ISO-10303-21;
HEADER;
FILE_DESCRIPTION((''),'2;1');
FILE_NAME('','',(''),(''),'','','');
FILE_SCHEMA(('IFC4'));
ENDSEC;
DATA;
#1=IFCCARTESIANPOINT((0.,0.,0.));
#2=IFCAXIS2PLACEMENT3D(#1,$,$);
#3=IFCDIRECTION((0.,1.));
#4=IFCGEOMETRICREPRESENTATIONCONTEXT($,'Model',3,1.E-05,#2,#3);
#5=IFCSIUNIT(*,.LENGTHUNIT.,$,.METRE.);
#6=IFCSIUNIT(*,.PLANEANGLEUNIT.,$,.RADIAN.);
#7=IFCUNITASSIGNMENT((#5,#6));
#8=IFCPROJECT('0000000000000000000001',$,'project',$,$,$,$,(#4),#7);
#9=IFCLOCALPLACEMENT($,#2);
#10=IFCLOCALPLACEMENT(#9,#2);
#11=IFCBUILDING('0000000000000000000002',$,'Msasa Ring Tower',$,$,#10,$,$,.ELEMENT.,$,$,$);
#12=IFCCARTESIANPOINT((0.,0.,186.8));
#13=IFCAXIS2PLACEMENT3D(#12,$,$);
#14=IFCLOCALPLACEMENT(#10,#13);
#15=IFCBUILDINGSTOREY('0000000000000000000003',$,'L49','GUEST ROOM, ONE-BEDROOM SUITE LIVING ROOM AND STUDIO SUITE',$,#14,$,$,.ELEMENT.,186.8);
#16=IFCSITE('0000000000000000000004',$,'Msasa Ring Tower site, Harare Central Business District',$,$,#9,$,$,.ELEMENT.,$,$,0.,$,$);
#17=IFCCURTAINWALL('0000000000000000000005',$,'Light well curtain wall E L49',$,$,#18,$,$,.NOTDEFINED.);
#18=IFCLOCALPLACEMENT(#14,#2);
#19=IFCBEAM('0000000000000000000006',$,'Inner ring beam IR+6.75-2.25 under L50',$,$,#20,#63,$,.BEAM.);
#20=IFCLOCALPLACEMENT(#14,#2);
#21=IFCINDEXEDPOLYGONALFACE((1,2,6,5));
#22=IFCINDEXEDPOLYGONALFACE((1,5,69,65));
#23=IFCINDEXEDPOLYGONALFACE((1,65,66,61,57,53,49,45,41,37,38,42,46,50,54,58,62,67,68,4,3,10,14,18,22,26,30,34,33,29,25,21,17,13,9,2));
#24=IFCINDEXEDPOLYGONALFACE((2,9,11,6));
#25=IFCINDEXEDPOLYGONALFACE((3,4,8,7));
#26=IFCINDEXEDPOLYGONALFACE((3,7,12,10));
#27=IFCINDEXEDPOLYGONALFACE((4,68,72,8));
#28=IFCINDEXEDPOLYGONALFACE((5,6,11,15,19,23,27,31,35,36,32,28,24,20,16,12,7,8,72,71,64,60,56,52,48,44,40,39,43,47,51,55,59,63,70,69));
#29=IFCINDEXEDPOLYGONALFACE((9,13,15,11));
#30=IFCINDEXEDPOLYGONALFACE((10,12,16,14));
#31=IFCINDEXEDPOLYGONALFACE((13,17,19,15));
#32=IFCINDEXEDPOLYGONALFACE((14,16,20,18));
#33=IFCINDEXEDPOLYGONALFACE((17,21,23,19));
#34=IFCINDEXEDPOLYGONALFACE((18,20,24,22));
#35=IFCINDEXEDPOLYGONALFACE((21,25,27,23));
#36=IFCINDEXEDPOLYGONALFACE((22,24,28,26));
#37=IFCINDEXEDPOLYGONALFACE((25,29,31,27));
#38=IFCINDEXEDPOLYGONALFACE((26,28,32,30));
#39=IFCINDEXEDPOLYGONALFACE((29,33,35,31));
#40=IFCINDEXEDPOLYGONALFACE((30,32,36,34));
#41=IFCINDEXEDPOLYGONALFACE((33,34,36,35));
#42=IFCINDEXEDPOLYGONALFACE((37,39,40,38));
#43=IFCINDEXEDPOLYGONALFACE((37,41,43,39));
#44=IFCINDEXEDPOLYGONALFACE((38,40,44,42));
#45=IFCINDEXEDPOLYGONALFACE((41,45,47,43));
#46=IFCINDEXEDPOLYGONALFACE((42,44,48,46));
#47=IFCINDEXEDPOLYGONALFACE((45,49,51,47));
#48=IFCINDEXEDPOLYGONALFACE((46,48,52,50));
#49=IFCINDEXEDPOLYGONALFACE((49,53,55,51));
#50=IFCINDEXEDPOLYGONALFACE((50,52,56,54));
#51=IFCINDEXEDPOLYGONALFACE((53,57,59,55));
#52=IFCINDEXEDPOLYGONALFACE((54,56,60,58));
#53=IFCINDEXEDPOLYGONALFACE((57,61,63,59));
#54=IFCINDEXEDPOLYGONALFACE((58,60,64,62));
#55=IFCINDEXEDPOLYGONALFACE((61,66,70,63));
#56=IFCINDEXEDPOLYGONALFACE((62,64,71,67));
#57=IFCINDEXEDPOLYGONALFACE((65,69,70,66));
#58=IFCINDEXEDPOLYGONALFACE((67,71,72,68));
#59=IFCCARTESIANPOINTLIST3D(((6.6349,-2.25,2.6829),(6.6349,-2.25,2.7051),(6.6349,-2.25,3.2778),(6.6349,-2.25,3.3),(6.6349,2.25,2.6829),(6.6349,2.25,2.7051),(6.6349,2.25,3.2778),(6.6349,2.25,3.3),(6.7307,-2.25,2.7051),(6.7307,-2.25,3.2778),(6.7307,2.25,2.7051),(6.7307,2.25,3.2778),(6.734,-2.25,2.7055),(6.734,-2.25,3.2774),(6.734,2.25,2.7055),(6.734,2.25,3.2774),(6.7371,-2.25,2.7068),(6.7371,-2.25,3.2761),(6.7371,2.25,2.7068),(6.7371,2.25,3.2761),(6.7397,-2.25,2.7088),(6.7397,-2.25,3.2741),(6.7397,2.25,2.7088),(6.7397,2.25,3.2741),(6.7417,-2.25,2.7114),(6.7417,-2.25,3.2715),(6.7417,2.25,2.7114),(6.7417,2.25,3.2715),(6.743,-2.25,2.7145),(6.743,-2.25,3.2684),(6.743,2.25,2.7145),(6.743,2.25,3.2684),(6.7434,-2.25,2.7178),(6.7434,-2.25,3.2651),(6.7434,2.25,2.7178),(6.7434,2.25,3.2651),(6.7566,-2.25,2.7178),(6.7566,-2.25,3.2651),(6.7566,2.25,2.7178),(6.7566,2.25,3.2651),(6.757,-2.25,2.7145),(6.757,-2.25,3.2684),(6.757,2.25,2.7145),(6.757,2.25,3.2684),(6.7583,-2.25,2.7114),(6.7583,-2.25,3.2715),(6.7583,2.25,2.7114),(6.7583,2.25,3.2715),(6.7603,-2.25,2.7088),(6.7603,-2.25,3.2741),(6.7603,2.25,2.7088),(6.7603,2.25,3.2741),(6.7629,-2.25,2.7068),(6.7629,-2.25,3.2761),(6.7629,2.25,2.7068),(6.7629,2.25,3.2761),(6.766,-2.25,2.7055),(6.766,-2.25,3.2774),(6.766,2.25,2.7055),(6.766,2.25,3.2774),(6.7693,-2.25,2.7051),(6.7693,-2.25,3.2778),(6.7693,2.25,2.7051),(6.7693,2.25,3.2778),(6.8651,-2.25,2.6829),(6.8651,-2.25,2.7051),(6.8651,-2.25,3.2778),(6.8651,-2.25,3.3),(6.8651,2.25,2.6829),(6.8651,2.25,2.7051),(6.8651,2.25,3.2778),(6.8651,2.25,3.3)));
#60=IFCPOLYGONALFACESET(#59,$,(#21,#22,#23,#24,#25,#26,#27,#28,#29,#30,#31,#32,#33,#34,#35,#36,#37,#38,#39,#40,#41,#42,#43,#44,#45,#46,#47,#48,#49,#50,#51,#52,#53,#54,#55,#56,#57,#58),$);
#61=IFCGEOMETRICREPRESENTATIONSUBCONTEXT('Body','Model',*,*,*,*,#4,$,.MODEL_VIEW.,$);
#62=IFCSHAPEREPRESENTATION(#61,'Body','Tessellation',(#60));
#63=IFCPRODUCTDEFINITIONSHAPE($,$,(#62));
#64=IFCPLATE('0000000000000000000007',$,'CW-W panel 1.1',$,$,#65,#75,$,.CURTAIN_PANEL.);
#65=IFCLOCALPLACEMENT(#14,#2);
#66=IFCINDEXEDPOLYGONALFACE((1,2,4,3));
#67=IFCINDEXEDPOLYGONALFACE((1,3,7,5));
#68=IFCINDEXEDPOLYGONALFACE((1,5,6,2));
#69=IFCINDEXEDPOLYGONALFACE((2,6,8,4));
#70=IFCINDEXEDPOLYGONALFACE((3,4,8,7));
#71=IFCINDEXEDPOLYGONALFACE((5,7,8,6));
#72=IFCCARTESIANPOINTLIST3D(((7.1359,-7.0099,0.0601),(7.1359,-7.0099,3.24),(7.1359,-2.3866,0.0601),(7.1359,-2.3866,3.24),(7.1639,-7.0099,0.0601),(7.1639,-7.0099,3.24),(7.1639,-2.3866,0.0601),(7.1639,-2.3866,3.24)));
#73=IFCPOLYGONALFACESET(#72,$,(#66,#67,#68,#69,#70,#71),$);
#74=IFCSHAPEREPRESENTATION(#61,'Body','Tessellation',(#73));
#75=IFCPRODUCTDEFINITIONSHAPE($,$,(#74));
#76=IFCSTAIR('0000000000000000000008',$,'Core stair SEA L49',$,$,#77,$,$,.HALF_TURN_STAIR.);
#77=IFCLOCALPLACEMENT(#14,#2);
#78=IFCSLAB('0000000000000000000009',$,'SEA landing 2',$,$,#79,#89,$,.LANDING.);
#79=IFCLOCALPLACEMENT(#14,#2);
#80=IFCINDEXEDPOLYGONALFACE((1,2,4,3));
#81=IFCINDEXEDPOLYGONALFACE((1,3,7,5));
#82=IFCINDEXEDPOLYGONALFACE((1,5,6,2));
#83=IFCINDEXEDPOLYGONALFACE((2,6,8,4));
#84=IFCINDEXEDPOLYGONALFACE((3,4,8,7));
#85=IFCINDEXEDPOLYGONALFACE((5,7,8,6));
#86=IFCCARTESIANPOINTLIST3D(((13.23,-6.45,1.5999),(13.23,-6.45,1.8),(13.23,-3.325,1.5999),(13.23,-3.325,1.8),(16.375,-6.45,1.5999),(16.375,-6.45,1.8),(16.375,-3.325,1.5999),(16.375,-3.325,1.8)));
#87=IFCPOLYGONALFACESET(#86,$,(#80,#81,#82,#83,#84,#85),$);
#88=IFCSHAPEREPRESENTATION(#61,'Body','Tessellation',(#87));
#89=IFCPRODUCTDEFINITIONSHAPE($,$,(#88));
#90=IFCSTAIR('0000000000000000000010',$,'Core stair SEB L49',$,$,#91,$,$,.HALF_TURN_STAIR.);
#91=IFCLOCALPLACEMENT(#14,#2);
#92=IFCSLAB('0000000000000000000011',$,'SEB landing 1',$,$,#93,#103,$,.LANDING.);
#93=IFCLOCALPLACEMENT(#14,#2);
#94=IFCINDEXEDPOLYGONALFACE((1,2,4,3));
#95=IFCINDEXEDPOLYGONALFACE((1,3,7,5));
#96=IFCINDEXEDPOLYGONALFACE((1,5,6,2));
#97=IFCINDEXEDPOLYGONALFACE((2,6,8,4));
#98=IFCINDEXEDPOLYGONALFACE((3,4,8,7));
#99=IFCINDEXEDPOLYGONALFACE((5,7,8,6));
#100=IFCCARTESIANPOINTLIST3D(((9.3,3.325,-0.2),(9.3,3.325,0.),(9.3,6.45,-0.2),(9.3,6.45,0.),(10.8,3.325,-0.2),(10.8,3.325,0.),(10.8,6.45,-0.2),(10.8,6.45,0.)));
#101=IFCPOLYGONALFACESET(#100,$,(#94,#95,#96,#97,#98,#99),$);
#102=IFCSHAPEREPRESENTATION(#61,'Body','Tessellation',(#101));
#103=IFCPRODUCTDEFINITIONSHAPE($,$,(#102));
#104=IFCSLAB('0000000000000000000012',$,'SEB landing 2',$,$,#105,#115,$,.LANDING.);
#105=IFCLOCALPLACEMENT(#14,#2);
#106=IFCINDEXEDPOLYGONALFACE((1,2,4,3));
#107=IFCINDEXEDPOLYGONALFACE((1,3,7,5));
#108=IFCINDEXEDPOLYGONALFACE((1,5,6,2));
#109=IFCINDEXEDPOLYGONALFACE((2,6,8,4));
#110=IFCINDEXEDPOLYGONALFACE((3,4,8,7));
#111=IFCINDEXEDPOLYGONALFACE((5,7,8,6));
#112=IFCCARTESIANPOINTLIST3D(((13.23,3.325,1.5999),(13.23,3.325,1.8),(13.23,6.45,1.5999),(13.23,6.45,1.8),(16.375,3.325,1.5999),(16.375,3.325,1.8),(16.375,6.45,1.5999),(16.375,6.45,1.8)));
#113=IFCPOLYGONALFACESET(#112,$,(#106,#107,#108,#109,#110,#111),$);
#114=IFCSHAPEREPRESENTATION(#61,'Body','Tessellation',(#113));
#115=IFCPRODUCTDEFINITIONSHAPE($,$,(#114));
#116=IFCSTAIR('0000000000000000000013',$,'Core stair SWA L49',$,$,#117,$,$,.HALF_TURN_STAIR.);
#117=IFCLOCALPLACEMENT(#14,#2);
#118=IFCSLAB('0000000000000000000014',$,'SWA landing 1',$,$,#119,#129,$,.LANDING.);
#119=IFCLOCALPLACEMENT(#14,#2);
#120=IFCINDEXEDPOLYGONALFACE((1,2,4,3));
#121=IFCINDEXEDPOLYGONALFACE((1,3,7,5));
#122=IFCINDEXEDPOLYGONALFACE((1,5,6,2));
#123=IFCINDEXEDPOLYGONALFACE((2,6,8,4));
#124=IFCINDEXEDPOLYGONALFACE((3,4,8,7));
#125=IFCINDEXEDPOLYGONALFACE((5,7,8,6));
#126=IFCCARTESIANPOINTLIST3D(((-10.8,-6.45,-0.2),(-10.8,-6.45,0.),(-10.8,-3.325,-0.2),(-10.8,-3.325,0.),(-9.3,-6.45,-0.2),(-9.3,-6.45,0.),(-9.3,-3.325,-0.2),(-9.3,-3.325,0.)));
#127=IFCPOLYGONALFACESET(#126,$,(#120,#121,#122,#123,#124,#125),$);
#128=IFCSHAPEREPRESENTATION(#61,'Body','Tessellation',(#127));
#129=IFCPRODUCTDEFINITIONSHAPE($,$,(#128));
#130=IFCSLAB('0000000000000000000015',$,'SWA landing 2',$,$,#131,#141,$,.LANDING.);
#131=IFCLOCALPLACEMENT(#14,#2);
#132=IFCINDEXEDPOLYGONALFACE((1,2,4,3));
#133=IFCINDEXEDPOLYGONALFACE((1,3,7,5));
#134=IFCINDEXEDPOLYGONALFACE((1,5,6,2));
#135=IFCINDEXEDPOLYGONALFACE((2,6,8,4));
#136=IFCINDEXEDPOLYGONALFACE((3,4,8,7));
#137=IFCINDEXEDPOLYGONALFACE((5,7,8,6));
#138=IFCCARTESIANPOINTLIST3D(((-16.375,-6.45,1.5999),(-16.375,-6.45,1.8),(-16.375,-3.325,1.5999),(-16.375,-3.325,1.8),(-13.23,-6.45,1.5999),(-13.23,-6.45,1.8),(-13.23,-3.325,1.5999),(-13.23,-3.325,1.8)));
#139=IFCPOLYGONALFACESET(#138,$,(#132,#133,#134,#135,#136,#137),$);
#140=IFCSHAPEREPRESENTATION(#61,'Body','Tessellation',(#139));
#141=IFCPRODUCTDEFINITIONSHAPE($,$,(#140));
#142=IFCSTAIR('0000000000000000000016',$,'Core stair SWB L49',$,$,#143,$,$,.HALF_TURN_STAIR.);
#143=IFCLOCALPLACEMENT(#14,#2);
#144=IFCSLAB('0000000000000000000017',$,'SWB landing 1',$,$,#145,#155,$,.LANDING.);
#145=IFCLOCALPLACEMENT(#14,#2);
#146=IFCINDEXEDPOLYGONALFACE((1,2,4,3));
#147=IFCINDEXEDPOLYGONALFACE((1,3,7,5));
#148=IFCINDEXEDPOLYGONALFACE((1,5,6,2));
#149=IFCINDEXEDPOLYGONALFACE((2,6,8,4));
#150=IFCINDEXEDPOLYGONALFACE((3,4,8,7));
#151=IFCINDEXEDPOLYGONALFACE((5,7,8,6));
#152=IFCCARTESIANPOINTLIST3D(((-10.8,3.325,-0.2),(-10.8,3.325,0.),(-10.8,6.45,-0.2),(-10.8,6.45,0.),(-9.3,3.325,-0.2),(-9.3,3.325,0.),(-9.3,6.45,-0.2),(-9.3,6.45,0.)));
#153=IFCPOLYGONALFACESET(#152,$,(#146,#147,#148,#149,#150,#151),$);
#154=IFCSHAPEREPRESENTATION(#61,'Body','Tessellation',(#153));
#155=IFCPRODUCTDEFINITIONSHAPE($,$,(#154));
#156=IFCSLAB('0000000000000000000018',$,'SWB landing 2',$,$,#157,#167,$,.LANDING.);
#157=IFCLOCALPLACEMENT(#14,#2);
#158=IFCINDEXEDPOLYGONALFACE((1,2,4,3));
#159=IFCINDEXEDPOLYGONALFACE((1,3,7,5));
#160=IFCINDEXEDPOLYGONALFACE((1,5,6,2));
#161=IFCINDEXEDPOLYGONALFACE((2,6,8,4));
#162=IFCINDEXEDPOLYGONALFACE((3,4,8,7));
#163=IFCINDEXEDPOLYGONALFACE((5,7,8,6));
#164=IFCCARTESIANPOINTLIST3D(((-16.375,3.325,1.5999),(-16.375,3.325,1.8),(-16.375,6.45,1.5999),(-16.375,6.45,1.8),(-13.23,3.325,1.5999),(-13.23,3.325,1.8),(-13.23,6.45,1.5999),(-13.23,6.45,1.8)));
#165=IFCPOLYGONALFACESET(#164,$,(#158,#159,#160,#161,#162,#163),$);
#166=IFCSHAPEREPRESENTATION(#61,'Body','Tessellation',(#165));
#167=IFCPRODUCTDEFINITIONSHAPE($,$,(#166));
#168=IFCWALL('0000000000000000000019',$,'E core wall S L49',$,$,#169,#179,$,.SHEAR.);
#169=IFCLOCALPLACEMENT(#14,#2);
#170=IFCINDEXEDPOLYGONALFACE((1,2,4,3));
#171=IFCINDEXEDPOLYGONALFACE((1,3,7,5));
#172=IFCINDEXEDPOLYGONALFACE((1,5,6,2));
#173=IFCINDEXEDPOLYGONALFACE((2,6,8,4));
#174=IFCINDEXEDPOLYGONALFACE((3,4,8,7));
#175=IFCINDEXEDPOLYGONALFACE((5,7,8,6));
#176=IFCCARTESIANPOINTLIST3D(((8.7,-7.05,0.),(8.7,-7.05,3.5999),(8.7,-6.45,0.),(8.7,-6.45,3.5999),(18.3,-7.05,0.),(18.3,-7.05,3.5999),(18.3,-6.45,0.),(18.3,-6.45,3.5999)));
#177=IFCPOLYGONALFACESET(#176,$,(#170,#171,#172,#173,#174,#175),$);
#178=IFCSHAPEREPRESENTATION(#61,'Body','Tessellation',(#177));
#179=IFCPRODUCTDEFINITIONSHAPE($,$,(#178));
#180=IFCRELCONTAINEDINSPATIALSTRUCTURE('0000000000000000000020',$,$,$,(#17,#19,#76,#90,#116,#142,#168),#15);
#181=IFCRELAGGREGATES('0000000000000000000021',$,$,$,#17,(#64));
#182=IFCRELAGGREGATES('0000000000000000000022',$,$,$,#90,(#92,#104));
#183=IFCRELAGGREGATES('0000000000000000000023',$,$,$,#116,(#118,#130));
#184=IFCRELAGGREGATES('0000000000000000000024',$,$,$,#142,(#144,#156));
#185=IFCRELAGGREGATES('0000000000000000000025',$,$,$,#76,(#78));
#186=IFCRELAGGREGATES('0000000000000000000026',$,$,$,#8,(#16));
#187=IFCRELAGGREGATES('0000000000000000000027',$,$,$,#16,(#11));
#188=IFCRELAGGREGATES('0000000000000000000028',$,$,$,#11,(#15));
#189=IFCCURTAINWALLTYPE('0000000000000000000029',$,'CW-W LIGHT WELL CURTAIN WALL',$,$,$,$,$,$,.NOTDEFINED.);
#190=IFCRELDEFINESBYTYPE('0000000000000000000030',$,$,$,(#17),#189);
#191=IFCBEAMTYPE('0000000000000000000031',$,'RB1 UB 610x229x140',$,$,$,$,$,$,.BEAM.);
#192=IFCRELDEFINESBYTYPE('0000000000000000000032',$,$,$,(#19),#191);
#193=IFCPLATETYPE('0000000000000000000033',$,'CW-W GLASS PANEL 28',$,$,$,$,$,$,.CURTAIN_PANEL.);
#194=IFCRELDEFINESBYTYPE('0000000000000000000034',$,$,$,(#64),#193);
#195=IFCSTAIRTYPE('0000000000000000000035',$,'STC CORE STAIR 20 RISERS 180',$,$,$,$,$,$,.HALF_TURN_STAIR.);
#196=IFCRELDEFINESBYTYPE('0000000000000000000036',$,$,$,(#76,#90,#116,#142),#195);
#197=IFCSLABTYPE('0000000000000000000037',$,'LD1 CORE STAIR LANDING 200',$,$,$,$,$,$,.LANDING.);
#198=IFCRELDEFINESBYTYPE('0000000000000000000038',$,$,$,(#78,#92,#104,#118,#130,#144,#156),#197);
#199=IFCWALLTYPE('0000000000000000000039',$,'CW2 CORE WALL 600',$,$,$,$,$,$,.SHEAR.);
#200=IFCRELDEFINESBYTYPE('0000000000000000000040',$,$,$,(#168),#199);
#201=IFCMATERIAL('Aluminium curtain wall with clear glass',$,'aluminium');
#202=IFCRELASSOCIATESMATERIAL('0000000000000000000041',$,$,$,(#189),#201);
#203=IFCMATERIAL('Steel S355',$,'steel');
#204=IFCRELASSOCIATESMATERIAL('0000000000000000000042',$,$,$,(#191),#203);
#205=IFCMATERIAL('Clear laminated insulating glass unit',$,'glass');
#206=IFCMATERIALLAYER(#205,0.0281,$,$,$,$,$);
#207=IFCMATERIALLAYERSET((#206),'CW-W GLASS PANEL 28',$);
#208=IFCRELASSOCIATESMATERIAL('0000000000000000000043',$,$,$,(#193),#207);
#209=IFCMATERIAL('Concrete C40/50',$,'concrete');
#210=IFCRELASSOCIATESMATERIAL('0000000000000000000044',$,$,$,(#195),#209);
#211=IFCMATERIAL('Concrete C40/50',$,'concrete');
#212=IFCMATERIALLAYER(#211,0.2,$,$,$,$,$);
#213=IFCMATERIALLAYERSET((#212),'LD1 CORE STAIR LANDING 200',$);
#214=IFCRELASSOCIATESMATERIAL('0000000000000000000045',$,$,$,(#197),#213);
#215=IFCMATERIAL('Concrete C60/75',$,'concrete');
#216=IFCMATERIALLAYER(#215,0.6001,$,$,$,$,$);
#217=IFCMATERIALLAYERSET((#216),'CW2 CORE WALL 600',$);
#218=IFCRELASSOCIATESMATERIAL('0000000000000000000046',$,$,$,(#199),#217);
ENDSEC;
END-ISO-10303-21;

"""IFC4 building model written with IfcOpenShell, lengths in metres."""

from ifc_helpers import new_model, si_unit, direction, frame, frame_2d, origin, origin_2d, place, context, subcontext, project, spatial, polyline, rectangle, i_section, outline, extrude, material, layer, layer_set, material_profile, profile_set, type_object, element, aggregate, save


model = new_model("IFC4")

# Units and contexts
model_context = context("Model", 3, precision=1e-05, world=origin(), true_north=direction((0.0, 1.0)))
body_context = subcontext(model_context, "Body", "Model", "MODEL_VIEW")
ifc_project = project(units=[si_unit("LENGTHUNIT", "METRE"), si_unit("PLANEANGLEUNIT", "RADIAN")], contexts=[model_context])

# Site, building, storey
site_placement = place(None, origin())
site = spatial("IfcSite", under=ifc_project, at=site_placement, Name="Msasa Ring Tower site, Harare Central Business District", CompositionType="ELEMENT", RefElevation=0.0)
building_placement = place(site_placement, origin())
building = spatial("IfcBuilding", under=site, at=building_placement, Name="Msasa Ring Tower", CompositionType="ELEMENT")
storey_placement = place(building_placement, frame((0.0, 0.0, 186.8)))
storey = spatial("IfcBuildingStorey", under=building, at=storey_placement, Name="L49", Description="GUEST ROOM, ONE-BEDROOM SUITE LIVING ROOM AND STUDIO SUITE", CompositionType="ELEMENT", Elevation=186.8)

# Curtain wall
ifc_material_1 = material(Name="Aluminium curtain wall with clear glass", Category="aluminium")
curtain_wall_type = type_object("IfcCurtainWallType", Name="CW-W LIGHT WELL CURTAIN WALL", PredefinedType="NOTDEFINED", material=ifc_material_1)
curtain_wall_placement = place(storey_placement, origin())
curtain_wall = element("IfcCurtainWall", 1, at=curtain_wall_placement, inside=storey, type_object=curtain_wall_type, Name="Light well curtain wall E L49", PredefinedType="NOTDEFINED")

# Beam
ifc_material_2 = material(Name="Steel S355", Category="steel")
ifc_material_profile_1 = material_profile(ifc_material_2, i_section(OverallWidth=0.2302, OverallDepth=0.6172, WebThickness=0.0132, FlangeThickness=0.0222, FilletRadius=0.0127, at=origin_2d()), Name="UB 610x229x140")
ifc_profile_set_1 = profile_set([ifc_material_profile_1], Name="Steel S355")
beam_type = type_object("IfcBeamType", Name="RB1 UB 610x229x140", PredefinedType="BEAM", material=ifc_profile_set_1)
for number, where, z_axis, x_axis, name in (
    (2, (6.75, -2.25, 2.9915), (0.0, 1.0, 0.0), (-1.0, 0.0, 0.0), "Inner ring beam IR+6.75-2.25 under L50"),
):
    element("IfcBeam", number, at=place(storey_placement, frame(where, z_axis=z_axis, x_axis=x_axis)), inside=storey, type_object=beam_type, Name=name, PredefinedType="BEAM", context=body_context, shape_type="SweptSolid", body=[
        extrude(i_section(OverallWidth=0.2302, OverallDepth=0.6172, WebThickness=0.0132, FlangeThickness=0.0222, FilletRadius=0.0127, at=origin_2d()), origin(), (0.0, 0.0, 1.0), 4.5),
    ])

# Plate
ifc_material_3 = material(Name="Clear laminated insulating glass unit", Category="glass")
ifc_layer_1 = layer(ifc_material_3, 0.0281)
ifc_layer_set_1 = layer_set([ifc_layer_1], Name="CW-W GLASS PANEL 28")
plate_type = type_object("IfcPlateType", Name="CW-W GLASS PANEL 28", PredefinedType="CURTAIN_PANEL", material=ifc_layer_set_1)
plate_placement = place(storey_placement, frame((7.1499, -4.6982, 0.0601), z_axis=(0.0, 0.0, 1.0), x_axis=(0.0, 1.0, 0.0)))
plate = element("IfcPlate", 3, at=plate_placement, type_object=plate_type, Name="CW-W panel 1.1", PredefinedType="CURTAIN_PANEL", context=body_context, shape_type="SweptSolid", body=[
    extrude(rectangle(XDim=4.6233, YDim=0.0281, at=origin_2d()), origin(), (0.0, 0.0, 1.0), 3.1799),
])
aggregate(curtain_wall, [plate])

# Stair, slab
ifc_material_4 = material(Name="Concrete C40/50", Category="concrete")
stair_type = type_object("IfcStairType", Name="STC CORE STAIR 20 RISERS 180", PredefinedType="HALF_TURN_STAIR", material=ifc_material_4)
stair_1_placement = place(storey_placement, origin())
stair_1 = element("IfcStair", 4, at=stair_1_placement, inside=storey, type_object=stair_type, Name="Core stair SEA L49", PredefinedType="HALF_TURN_STAIR")
ifc_material_5 = material(Name="Concrete C40/50", Category="concrete")
ifc_layer_2 = layer(ifc_material_5, 0.2)
ifc_layer_set_2 = layer_set([ifc_layer_2], Name="LD1 CORE STAIR LANDING 200")
slab_type = type_object("IfcSlabType", Name="LD1 CORE STAIR LANDING 200", PredefinedType="LANDING", material=ifc_layer_set_2)
slab_1_placement = place(storey_placement, frame((0.0, 0.0, 1.5999)))
slab_1 = element("IfcSlab", 5, at=slab_1_placement, type_object=slab_type, Name="SEA landing 2", PredefinedType="LANDING", context=body_context, shape_type="SweptSolid", body=[
    extrude(outline(polyline([(13.23, -6.45), (16.375, -6.45), (16.375, -3.325), (13.23, -3.325), (13.23, -6.45)])), origin(), (0.0, 0.0, 1.0), 0.2002),
])

# Stairs, slabs
stair_2_placement = place(storey_placement, origin())
stair_2 = element("IfcStair", 6, at=stair_2_placement, inside=storey, type_object=stair_type, Name="Core stair SEB L49", PredefinedType="HALF_TURN_STAIR")
slab_2_placement = place(storey_placement, frame((0.0, 0.0, -0.2)))
slab_2 = element("IfcSlab", 7, at=slab_2_placement, type_object=slab_type, Name="SEB landing 1", PredefinedType="LANDING", context=body_context, shape_type="SweptSolid", body=[
    extrude(outline(polyline([(9.3, 3.325), (10.8, 3.325), (10.8, 6.45), (9.3, 6.45), (9.3, 3.325)])), origin(), (0.0, 0.0, 1.0), 0.2),
])
slab_3_placement = place(storey_placement, frame((0.0, 0.0, 1.5999)))
slab_3 = element("IfcSlab", 8, at=slab_3_placement, type_object=slab_type, Name="SEB landing 2", PredefinedType="LANDING", context=body_context, shape_type="SweptSolid", body=[
    extrude(outline(polyline([(13.23, 3.325), (16.375, 3.325), (16.375, 6.45), (13.23, 6.45), (13.23, 3.325)])), origin(), (0.0, 0.0, 1.0), 0.2002),
])
aggregate(stair_2, [slab_2, slab_3])
stair_3_placement = place(storey_placement, origin())
stair_3 = element("IfcStair", 9, at=stair_3_placement, inside=storey, type_object=stair_type, Name="Core stair SWA L49", PredefinedType="HALF_TURN_STAIR")
slab_4_placement = place(storey_placement, frame((0.0, 0.0, -0.2)))
slab_4 = element("IfcSlab", 10, at=slab_4_placement, type_object=slab_type, Name="SWA landing 1", PredefinedType="LANDING", context=body_context, shape_type="SweptSolid", body=[
    extrude(outline(polyline([(-10.8, -6.45), (-9.3, -6.45), (-9.3, -3.325), (-10.8, -3.325), (-10.8, -6.45)])), origin(), (0.0, 0.0, 1.0), 0.2),
])
slab_5_placement = place(storey_placement, frame((0.0, 0.0, 1.5999)))
slab_5 = element("IfcSlab", 11, at=slab_5_placement, type_object=slab_type, Name="SWA landing 2", PredefinedType="LANDING", context=body_context, shape_type="SweptSolid", body=[
    extrude(outline(polyline([(-16.375, -6.45), (-13.23, -6.45), (-13.23, -3.325), (-16.375, -3.325), (-16.375, -6.45)])), origin(), (0.0, 0.0, 1.0), 0.2002),
])
aggregate(stair_3, [slab_4, slab_5])
stair_4_placement = place(storey_placement, origin())
stair_4 = element("IfcStair", 12, at=stair_4_placement, inside=storey, type_object=stair_type, Name="Core stair SWB L49", PredefinedType="HALF_TURN_STAIR")
slab_6_placement = place(storey_placement, frame((0.0, 0.0, -0.2)))
slab_6 = element("IfcSlab", 13, at=slab_6_placement, type_object=slab_type, Name="SWB landing 1", PredefinedType="LANDING", context=body_context, shape_type="SweptSolid", body=[
    extrude(outline(polyline([(-10.8, 3.325), (-9.3, 3.325), (-9.3, 6.45), (-10.8, 6.45), (-10.8, 3.325)])), origin(), (0.0, 0.0, 1.0), 0.2),
])
slab_7_placement = place(storey_placement, frame((0.0, 0.0, 1.5999)))
slab_7 = element("IfcSlab", 14, at=slab_7_placement, type_object=slab_type, Name="SWB landing 2", PredefinedType="LANDING", context=body_context, shape_type="SweptSolid", body=[
    extrude(outline(polyline([(-16.375, 3.325), (-13.23, 3.325), (-13.23, 6.45), (-16.375, 6.45), (-16.375, 3.325)])), origin(), (0.0, 0.0, 1.0), 0.2002),
])
aggregate(stair_4, [slab_6, slab_7])

# Wall
ifc_material_6 = material(Name="Concrete C60/75", Category="concrete")
ifc_layer_3 = layer(ifc_material_6, 0.6001)
ifc_layer_set_3 = layer_set([ifc_layer_3], Name="CW2 CORE WALL 600")
wall_type_1 = type_object("IfcWallType", Name="CW2 CORE WALL 600", PredefinedType="SHEAR", material=ifc_layer_set_3)
wall_1_placement = place(storey_placement, frame((8.7, -6.75, 0.0), z_axis=(0.0, 0.0, 1.0), x_axis=(1.0, 0.0, 0.0)))
element("IfcWall", 15, at=wall_1_placement, inside=storey, type_object=wall_type_1, Name="E core wall S L49", PredefinedType="SHEAR", context=body_context, shape_type="SweptSolid", body=[
    extrude(rectangle(XDim=9.6001, YDim=0.6001, at=frame_2d((4.8, 0.0))), origin(), (0.0, 0.0, 1.0), 3.5999),
])

aggregate(stair_1, [slab_1])

save(model, "model.ifc")
